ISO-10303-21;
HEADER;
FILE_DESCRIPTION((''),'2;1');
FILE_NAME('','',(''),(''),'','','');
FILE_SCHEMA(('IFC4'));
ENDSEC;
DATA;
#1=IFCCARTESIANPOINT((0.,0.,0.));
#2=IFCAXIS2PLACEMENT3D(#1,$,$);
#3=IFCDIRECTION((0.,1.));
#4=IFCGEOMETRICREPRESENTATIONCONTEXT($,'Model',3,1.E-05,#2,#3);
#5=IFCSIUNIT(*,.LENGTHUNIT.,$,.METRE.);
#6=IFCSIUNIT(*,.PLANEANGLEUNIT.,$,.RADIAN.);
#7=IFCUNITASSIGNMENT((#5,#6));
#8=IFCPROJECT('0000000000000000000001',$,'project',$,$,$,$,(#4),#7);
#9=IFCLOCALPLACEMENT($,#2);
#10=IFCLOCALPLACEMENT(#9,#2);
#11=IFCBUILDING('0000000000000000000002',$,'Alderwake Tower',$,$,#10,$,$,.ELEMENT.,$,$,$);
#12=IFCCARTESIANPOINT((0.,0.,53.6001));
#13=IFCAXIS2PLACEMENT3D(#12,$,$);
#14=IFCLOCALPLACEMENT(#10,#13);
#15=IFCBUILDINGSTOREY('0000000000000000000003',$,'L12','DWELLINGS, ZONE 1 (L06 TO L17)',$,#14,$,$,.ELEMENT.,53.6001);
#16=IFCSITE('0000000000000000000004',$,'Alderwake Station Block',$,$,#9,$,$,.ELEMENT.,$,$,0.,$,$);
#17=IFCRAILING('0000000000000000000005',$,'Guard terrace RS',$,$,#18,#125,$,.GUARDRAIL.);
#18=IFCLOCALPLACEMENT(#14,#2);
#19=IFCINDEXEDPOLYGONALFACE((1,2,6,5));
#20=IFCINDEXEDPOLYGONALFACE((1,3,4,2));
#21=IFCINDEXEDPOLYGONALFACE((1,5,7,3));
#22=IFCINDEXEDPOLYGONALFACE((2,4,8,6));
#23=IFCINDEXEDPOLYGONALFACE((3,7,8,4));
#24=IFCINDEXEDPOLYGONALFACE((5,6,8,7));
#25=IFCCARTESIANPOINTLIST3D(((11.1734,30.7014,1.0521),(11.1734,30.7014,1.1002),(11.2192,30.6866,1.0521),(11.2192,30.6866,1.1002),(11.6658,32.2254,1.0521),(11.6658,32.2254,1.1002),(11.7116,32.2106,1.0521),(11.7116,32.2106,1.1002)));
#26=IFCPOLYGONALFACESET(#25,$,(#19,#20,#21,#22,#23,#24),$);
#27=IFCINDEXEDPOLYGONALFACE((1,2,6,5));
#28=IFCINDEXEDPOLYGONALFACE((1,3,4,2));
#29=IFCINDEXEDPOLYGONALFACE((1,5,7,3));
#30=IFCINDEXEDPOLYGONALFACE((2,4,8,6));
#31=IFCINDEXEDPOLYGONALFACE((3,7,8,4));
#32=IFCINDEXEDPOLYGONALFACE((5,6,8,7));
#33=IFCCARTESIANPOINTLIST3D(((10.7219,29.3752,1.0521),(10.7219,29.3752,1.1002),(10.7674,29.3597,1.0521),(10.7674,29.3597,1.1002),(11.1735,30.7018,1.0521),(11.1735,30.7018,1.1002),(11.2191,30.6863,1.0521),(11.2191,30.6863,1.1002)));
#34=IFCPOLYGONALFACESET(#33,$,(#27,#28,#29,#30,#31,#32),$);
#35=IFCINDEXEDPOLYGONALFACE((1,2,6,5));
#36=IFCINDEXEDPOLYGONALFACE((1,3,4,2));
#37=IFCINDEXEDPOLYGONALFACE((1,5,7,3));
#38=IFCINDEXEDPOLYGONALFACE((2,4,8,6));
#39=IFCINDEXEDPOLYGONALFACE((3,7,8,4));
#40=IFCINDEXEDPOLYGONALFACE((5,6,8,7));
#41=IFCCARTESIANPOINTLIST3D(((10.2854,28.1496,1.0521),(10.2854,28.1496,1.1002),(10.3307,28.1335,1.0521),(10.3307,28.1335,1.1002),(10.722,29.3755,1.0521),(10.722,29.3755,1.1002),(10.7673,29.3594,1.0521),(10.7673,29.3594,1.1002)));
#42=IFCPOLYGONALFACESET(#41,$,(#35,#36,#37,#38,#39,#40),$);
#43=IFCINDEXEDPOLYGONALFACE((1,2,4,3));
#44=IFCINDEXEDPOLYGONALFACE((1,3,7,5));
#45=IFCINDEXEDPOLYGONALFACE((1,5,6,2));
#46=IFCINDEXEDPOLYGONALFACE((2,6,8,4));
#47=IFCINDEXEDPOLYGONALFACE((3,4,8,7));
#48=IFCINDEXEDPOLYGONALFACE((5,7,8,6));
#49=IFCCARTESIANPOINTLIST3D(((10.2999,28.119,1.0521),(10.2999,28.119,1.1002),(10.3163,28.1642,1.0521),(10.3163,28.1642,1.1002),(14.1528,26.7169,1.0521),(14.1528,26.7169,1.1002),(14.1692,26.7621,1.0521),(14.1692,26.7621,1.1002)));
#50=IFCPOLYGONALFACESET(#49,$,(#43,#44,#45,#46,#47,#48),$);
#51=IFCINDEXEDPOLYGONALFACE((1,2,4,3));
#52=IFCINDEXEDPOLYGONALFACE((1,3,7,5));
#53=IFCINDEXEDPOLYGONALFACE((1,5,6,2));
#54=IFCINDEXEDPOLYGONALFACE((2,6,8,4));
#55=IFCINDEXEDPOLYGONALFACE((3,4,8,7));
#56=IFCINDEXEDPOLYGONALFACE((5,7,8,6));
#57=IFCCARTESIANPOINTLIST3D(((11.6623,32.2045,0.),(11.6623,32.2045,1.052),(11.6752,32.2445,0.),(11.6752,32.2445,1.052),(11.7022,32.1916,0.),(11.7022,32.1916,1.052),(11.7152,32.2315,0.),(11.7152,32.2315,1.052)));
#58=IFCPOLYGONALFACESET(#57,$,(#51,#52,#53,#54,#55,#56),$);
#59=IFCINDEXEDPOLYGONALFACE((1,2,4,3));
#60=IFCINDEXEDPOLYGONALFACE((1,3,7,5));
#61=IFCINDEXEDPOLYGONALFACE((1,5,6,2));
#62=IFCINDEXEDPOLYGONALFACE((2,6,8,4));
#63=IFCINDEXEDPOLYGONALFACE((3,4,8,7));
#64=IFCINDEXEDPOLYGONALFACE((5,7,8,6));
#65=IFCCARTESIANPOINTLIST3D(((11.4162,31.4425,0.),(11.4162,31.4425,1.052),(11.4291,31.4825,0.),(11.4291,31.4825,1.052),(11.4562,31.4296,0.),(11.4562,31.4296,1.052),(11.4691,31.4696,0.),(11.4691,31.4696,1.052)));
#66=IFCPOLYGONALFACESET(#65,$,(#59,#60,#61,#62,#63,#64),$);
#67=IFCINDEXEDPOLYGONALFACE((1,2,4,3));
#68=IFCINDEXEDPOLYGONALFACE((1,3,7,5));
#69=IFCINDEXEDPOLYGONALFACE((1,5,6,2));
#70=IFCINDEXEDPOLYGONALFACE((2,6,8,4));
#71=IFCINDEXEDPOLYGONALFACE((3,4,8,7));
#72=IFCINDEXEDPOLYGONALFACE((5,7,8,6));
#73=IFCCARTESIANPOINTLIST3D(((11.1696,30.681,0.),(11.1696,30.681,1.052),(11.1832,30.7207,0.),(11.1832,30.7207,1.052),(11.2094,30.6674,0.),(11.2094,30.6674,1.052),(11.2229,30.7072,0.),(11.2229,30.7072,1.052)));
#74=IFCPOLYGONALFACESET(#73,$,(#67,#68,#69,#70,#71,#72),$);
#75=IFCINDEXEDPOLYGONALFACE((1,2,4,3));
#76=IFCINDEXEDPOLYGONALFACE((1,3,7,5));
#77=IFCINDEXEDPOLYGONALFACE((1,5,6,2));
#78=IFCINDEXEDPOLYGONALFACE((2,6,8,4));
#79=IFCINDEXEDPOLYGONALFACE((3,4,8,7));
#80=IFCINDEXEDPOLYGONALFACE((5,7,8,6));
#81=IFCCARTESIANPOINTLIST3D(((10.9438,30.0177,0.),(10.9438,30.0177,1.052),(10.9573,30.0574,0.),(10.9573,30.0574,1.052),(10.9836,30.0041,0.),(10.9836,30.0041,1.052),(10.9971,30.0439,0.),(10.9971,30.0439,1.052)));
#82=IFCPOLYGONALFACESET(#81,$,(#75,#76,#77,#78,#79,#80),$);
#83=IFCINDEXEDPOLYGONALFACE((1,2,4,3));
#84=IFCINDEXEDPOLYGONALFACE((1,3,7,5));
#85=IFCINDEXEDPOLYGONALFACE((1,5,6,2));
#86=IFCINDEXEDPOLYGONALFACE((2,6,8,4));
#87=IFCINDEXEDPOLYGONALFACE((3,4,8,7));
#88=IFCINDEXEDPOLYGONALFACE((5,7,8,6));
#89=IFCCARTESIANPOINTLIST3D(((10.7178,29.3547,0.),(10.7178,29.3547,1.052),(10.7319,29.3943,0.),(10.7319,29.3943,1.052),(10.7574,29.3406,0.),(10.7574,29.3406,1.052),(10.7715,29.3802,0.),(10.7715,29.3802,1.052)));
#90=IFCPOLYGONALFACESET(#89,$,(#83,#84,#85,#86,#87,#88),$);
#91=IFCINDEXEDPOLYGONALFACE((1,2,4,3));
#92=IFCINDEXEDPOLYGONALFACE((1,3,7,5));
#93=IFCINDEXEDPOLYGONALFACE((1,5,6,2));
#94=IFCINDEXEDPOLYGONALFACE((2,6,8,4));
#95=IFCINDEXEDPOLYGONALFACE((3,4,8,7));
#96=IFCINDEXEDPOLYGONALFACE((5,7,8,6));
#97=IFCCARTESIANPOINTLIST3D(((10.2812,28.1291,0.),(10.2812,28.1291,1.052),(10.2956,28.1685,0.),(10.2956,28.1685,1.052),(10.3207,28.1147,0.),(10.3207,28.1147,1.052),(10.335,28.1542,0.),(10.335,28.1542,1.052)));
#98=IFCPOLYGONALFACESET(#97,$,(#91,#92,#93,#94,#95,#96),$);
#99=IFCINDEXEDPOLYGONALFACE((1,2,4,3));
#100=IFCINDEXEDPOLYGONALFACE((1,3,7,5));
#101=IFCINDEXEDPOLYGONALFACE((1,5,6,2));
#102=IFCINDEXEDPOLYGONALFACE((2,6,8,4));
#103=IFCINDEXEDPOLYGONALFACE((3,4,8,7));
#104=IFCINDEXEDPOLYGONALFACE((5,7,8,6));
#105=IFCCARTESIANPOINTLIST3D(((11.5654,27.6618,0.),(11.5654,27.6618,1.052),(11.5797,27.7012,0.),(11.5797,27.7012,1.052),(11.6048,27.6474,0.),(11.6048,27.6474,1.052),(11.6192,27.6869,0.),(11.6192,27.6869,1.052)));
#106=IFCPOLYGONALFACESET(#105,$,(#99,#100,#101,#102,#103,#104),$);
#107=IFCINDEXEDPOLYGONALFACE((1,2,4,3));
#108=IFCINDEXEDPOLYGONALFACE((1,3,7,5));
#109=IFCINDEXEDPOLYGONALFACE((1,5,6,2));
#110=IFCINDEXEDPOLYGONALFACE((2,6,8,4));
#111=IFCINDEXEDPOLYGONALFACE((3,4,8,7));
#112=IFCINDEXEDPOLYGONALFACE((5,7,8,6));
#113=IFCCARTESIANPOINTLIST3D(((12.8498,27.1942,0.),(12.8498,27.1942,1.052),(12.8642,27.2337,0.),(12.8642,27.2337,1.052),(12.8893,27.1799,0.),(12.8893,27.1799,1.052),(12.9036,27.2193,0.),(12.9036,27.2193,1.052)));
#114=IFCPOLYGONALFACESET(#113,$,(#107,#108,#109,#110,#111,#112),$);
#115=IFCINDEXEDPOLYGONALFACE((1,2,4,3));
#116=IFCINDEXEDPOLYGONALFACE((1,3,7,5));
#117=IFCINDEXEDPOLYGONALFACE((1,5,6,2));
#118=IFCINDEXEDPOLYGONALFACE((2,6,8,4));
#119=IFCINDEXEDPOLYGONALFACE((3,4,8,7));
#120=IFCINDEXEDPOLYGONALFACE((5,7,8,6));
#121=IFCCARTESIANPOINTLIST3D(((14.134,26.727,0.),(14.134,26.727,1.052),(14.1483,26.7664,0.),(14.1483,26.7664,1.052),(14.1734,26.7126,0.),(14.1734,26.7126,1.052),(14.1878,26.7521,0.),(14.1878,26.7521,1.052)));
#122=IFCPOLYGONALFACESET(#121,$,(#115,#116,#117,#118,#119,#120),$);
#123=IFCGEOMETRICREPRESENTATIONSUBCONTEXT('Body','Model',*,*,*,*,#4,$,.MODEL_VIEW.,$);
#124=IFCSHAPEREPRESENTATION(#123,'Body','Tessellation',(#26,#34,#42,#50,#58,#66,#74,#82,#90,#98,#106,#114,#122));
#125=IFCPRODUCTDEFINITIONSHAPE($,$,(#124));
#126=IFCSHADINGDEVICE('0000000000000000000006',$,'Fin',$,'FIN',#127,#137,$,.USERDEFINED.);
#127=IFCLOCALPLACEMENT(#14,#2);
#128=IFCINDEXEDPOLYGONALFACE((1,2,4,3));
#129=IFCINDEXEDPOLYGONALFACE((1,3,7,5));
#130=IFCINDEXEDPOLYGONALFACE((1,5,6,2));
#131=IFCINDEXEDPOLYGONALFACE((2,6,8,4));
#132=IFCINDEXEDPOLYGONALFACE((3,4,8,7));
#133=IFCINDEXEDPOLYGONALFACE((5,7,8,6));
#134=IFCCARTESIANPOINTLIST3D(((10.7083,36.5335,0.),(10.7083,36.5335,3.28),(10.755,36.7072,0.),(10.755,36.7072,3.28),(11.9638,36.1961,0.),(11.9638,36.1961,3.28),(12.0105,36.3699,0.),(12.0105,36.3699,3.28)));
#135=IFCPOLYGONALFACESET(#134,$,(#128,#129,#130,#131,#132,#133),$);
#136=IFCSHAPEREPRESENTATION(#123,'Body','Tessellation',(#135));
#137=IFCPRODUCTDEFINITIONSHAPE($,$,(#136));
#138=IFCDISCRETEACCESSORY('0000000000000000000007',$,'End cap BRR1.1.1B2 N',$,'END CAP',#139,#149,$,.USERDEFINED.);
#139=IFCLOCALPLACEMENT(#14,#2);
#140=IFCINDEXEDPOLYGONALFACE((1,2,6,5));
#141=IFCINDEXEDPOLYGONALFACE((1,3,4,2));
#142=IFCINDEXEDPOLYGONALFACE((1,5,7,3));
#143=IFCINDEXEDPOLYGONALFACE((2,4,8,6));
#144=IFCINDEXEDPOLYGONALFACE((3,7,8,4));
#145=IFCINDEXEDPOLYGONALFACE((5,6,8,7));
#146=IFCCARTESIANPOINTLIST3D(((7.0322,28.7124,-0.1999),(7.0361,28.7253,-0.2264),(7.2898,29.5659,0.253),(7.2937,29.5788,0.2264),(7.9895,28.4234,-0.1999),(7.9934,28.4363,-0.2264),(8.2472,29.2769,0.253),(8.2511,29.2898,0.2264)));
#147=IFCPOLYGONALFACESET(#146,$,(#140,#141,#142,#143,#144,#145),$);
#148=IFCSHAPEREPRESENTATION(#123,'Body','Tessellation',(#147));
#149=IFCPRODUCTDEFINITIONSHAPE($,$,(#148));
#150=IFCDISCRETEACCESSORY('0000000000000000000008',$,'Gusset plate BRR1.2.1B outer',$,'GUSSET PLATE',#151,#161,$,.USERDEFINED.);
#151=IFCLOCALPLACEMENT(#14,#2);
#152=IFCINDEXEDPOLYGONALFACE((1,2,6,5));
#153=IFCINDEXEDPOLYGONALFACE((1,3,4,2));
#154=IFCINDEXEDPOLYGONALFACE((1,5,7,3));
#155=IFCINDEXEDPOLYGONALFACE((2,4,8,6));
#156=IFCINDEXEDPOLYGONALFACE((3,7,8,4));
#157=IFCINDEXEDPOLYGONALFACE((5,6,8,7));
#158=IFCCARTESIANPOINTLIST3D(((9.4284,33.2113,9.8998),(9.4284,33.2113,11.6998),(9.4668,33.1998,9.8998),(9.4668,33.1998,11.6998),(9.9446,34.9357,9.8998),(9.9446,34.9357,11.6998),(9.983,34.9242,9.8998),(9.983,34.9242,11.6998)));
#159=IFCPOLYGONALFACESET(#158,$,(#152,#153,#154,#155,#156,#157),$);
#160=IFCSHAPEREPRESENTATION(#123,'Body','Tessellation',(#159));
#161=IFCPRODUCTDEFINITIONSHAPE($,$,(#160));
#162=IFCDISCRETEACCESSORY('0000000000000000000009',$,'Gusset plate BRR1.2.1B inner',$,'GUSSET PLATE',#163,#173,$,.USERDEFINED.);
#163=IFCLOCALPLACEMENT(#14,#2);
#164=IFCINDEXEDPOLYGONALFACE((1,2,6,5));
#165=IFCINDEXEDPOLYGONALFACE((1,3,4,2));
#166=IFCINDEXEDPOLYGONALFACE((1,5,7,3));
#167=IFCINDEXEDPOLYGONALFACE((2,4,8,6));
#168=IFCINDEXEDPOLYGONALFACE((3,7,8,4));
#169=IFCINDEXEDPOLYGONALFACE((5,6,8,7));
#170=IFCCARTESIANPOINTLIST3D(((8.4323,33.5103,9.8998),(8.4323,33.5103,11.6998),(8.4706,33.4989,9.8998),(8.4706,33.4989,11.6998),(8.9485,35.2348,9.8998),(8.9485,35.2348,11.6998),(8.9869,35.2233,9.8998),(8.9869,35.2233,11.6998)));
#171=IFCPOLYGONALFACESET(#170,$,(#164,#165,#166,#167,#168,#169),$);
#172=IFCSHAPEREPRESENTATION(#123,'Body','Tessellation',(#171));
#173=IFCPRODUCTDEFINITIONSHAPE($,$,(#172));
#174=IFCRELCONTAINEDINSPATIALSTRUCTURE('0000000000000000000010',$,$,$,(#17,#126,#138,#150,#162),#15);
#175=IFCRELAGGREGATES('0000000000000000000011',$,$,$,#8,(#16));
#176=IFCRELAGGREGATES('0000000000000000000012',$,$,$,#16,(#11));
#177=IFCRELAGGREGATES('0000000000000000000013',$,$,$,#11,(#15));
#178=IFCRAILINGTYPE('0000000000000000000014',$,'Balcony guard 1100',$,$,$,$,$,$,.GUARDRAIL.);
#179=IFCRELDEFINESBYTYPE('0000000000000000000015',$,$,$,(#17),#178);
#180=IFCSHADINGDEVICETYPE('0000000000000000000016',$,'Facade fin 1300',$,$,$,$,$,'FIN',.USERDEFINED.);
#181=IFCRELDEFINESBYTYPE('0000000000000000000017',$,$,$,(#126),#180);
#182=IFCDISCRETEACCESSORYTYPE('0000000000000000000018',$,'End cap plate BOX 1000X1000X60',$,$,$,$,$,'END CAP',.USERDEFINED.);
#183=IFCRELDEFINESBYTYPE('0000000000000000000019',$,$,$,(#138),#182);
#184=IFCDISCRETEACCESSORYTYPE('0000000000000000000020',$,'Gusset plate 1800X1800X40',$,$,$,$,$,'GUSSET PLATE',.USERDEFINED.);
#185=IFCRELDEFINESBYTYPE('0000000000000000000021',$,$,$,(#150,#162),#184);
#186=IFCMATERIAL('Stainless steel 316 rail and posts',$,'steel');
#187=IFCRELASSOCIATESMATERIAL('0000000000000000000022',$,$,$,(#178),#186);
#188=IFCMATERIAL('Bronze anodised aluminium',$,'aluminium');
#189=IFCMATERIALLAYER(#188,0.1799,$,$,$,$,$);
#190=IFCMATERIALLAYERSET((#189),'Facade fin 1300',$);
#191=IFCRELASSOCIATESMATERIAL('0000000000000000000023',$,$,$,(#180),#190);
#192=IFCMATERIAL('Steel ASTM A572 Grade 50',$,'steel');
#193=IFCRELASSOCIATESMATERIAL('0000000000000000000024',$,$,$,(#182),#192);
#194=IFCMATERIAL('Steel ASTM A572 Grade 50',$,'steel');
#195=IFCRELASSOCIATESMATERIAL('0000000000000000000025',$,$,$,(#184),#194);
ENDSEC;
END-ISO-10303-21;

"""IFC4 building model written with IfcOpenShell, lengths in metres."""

from ifc_helpers import new_model, si_unit, direction, frame, origin, origin_2d, place, context, subcontext, project, spatial, rectangle, extrude, material, layer, layer_set, material_profile, profile_set, type_object, element, save


model = new_model("IFC4")

# Units and contexts
model_context = context("Model", 3, precision=1e-05, world=origin(), true_north=direction((0.0, 1.0)))
body_context = subcontext(model_context, "Body", "Model", "MODEL_VIEW")
ifc_project = project(units=[si_unit("LENGTHUNIT", "METRE"), si_unit("PLANEANGLEUNIT", "RADIAN")], contexts=[model_context])

# Site, building, storey
site_placement = place(None, origin())
site = spatial("IfcSite", under=ifc_project, at=site_placement, Name="Alderwake Station Block", CompositionType="ELEMENT", RefElevation=0.0)
building_placement = place(site_placement, origin())
building = spatial("IfcBuilding", under=site, at=building_placement, Name="Alderwake Tower", CompositionType="ELEMENT")
storey_placement = place(building_placement, frame((0.0, 0.0, 53.6001)))
storey = spatial("IfcBuildingStorey", under=building, at=storey_placement, Name="L12", Description="DWELLINGS, ZONE 1 (L06 TO L17)", CompositionType="ELEMENT", Elevation=53.6001)

# Railing
ifc_material_1 = material(Name="Stainless steel 316 rail and posts", Category="steel")
railing_type = type_object("IfcRailingType", Name="Balcony guard 1100", PredefinedType="GUARDRAIL", material=ifc_material_1)
railing_1_placement = place(storey_placement, frame((11.6887, 32.218, 0.0)))
element("IfcRailing", 1, at=railing_1_placement, inside=storey, type_object=railing_type, Name="Guard terrace RS", PredefinedType="GUARDRAIL", context=body_context, shape_type="SweptSolid", body=[
    extrude(rectangle(XDim=0.0481, YDim=0.0481, at=origin_2d()), frame((0.0, 0.0, 1.0762), z_axis=(-0.307479, -0.951555, 0.0), x_axis=(0.951555, -0.307479, 0.0)), (0.0, 0.0, 1.0), 1.6016),
    extrude(rectangle(XDim=0.0481, YDim=0.0481, at=origin_2d()), frame((-0.4924, -1.5239, 1.0762), z_axis=(-0.322284, -0.946643, 0.0), x_axis=(0.946643, -0.322284, 0.0)), (0.0, 0.0, 1.0), 1.4014),
    extrude(rectangle(XDim=0.0481, YDim=0.0481, at=origin_2d()), frame((-0.9441, -2.8506, 1.0762), z_axis=(-0.335469, -0.942051, 0.0), x_axis=(0.942051, -0.335469, 0.0)), (0.0, 0.0, 1.0), 1.3013),
    extrude(rectangle(XDim=0.0481, YDim=0.0481, at=origin_2d()), frame((-1.3806, -4.0764, 1.0762), z_axis=(0.939708, -0.341977, 0.0), x_axis=(0.341977, 0.939708, 0.0)), (0.0, 0.0, 1.0), 4.1001),
    extrude(rectangle(XDim=0.042, YDim=0.042, at=origin_2d()), frame((0.0, 0.0, 0.0), z_axis=(0.0, 0.0, 1.0), x_axis=(-0.307479, -0.951555, 0.0)), (0.0, 0.0, 1.0), 1.052),
    extrude(rectangle(XDim=0.042, YDim=0.042, at=origin_2d()), frame((-0.2461, -0.762, 0.0), z_axis=(0.0, 0.0, 1.0), x_axis=(-0.307479, -0.951555, 0.0)), (0.0, 0.0, 1.0), 1.052),
    extrude(rectangle(XDim=0.042, YDim=0.042, at=origin_2d()), frame((-0.4924, -1.5239, 0.0), z_axis=(0.0, 0.0, 1.0), x_axis=(-0.322284, -0.946643, 0.0)), (0.0, 0.0, 1.0), 1.052),
    extrude(rectangle(XDim=0.042, YDim=0.042, at=origin_2d()), frame((-0.7183, -2.1873, 0.0), z_axis=(0.0, 0.0, 1.0), x_axis=(-0.322284, -0.946643, 0.0)), (0.0, 0.0, 1.0), 1.052),
    extrude(rectangle(XDim=0.042, YDim=0.042, at=origin_2d()), frame((-0.9441, -2.8506, 0.0), z_axis=(0.0, 0.0, 1.0), x_axis=(-0.335469, -0.942051, 0.0)), (0.0, 0.0, 1.0), 1.052),
    extrude(rectangle(XDim=0.042, YDim=0.042, at=origin_2d()), frame((-1.3806, -4.0764, 0.0), z_axis=(0.0, 0.0, 1.0), x_axis=(0.939708, -0.341977, 0.0)), (0.0, 0.0, 1.0), 1.052),
    extrude(rectangle(XDim=0.042, YDim=0.042, at=origin_2d()), frame((-0.0964, -4.5437, 0.0), z_axis=(0.0, 0.0, 1.0), x_axis=(0.939708, -0.341977, 0.0)), (0.0, 0.0, 1.0), 1.052),
    extrude(rectangle(XDim=0.042, YDim=0.042, at=origin_2d()), frame((1.188, -5.0112, 0.0), z_axis=(0.0, 0.0, 1.0), x_axis=(0.939708, -0.341977, 0.0)), (0.0, 0.0, 1.0), 1.052),
    extrude(rectangle(XDim=0.042, YDim=0.042, at=origin_2d()), frame((2.4722, -5.4785, 0.0), z_axis=(0.0, 0.0, 1.0), x_axis=(0.939708, -0.341977, 0.0)), (0.0, 0.0, 1.0), 1.052),
])

# Shading device
ifc_material_2 = material(Name="Bronze anodised aluminium", Category="aluminium")
ifc_layer_1 = layer(ifc_material_2, 0.1799)
ifc_layer_set_1 = layer_set([ifc_layer_1], Name="Facade fin 1300")
shading_device_type = type_object("IfcShadingDeviceType", Name="Facade fin 1300", ElementType="FIN", PredefinedType="USERDEFINED", material=ifc_layer_set_1)
shading_device_placement = place(storey_placement, frame((11.3594, 36.4517, 0.0), z_axis=(0.0, 0.0, 1.0), x_axis=(0.965744, -0.259495, 0.0)))
element("IfcShadingDevice", 2, at=shading_device_placement, inside=storey, type_object=shading_device_type, Name="Fin", ObjectType="FIN", PredefinedType="USERDEFINED", context=body_context, shape_type="SweptSolid", body=[
    extrude(rectangle(XDim=1.3, YDim=0.1799, at=origin_2d()), origin(), (0.0, 0.0, 1.0), 3.28),
])

# Discrete accessories
ifc_material_3 = material(Name="Steel ASTM A572 Grade 50", Category="steel")
ifc_material_profile_1 = material_profile(ifc_material_3, rectangle(XDim=1.0, YDim=1.0, at=origin_2d()), Name="BOX 1000X1000X60 cap")
ifc_profile_set_1 = profile_set([ifc_material_profile_1], Name="Steel ASTM A572 Grade 50")
discrete_accessory_type_1 = type_object("IfcDiscreteAccessoryType", Name="End cap plate BOX 1000X1000X60", ElementType="END CAP", PredefinedType="USERDEFINED", material=ifc_profile_set_1)
discrete_accessory_placement = place(storey_placement, frame((7.6436, 29.0076, 0.0), z_axis=(-0.130875, -0.433524, 0.891588), x_axis=(0.957328, -0.289005, 0.0)))
element("IfcDiscreteAccessory", 3, at=discrete_accessory_placement, inside=storey, type_object=discrete_accessory_type_1, Name="End cap BRR1.1.1B2 N", ObjectType="END CAP", PredefinedType="USERDEFINED", context=body_context, shape_type="SweptSolid", body=[
    extrude(rectangle(XDim=1.0, YDim=1.0, at=origin_2d()), origin(), (0.0, 0.0, 1.0), 0.0298),
])
ifc_material_4 = material(Name="Steel ASTM A572 Grade 50", Category="steel")
ifc_material_profile_2 = material_profile(ifc_material_4, rectangle(XDim=1.8, YDim=1.8, at=origin_2d()), Name="gusset 1800X1800")
ifc_profile_set_2 = profile_set([ifc_material_profile_2], Name="Steel ASTM A572 Grade 50")
discrete_accessory_type_2 = type_object("IfcDiscreteAccessoryType", Name="Gusset plate 1800X1800X40", ElementType="GUSSET PLATE", PredefinedType="USERDEFINED", material=ifc_profile_set_2)
for number, where, z_axis, x_axis, name in (
    (4, (9.6865, 34.0735, 10.7998), (0.957994, -0.286788, 0.0), (0.286788, 0.957994, 0.0), "Gusset plate BRR1.2.1B outer"),
    (5, (8.7288, 34.3611, 10.7998), (-0.957994, 0.286788, 0.0), (-0.286788, -0.957994, 0.0), "Gusset plate BRR1.2.1B inner"),
):
    element("IfcDiscreteAccessory", number, at=place(storey_placement, frame(where, z_axis=z_axis, x_axis=x_axis)), inside=storey, type_object=discrete_accessory_type_2, Name=name, ObjectType="GUSSET PLATE", PredefinedType="USERDEFINED", context=body_context, shape_type="SweptSolid", body=[
        extrude(rectangle(XDim=1.8, YDim=1.8, at=origin_2d()), origin(), (0.0, 0.0, 1.0), 0.04),
    ])

save(model, "model.ifc")
